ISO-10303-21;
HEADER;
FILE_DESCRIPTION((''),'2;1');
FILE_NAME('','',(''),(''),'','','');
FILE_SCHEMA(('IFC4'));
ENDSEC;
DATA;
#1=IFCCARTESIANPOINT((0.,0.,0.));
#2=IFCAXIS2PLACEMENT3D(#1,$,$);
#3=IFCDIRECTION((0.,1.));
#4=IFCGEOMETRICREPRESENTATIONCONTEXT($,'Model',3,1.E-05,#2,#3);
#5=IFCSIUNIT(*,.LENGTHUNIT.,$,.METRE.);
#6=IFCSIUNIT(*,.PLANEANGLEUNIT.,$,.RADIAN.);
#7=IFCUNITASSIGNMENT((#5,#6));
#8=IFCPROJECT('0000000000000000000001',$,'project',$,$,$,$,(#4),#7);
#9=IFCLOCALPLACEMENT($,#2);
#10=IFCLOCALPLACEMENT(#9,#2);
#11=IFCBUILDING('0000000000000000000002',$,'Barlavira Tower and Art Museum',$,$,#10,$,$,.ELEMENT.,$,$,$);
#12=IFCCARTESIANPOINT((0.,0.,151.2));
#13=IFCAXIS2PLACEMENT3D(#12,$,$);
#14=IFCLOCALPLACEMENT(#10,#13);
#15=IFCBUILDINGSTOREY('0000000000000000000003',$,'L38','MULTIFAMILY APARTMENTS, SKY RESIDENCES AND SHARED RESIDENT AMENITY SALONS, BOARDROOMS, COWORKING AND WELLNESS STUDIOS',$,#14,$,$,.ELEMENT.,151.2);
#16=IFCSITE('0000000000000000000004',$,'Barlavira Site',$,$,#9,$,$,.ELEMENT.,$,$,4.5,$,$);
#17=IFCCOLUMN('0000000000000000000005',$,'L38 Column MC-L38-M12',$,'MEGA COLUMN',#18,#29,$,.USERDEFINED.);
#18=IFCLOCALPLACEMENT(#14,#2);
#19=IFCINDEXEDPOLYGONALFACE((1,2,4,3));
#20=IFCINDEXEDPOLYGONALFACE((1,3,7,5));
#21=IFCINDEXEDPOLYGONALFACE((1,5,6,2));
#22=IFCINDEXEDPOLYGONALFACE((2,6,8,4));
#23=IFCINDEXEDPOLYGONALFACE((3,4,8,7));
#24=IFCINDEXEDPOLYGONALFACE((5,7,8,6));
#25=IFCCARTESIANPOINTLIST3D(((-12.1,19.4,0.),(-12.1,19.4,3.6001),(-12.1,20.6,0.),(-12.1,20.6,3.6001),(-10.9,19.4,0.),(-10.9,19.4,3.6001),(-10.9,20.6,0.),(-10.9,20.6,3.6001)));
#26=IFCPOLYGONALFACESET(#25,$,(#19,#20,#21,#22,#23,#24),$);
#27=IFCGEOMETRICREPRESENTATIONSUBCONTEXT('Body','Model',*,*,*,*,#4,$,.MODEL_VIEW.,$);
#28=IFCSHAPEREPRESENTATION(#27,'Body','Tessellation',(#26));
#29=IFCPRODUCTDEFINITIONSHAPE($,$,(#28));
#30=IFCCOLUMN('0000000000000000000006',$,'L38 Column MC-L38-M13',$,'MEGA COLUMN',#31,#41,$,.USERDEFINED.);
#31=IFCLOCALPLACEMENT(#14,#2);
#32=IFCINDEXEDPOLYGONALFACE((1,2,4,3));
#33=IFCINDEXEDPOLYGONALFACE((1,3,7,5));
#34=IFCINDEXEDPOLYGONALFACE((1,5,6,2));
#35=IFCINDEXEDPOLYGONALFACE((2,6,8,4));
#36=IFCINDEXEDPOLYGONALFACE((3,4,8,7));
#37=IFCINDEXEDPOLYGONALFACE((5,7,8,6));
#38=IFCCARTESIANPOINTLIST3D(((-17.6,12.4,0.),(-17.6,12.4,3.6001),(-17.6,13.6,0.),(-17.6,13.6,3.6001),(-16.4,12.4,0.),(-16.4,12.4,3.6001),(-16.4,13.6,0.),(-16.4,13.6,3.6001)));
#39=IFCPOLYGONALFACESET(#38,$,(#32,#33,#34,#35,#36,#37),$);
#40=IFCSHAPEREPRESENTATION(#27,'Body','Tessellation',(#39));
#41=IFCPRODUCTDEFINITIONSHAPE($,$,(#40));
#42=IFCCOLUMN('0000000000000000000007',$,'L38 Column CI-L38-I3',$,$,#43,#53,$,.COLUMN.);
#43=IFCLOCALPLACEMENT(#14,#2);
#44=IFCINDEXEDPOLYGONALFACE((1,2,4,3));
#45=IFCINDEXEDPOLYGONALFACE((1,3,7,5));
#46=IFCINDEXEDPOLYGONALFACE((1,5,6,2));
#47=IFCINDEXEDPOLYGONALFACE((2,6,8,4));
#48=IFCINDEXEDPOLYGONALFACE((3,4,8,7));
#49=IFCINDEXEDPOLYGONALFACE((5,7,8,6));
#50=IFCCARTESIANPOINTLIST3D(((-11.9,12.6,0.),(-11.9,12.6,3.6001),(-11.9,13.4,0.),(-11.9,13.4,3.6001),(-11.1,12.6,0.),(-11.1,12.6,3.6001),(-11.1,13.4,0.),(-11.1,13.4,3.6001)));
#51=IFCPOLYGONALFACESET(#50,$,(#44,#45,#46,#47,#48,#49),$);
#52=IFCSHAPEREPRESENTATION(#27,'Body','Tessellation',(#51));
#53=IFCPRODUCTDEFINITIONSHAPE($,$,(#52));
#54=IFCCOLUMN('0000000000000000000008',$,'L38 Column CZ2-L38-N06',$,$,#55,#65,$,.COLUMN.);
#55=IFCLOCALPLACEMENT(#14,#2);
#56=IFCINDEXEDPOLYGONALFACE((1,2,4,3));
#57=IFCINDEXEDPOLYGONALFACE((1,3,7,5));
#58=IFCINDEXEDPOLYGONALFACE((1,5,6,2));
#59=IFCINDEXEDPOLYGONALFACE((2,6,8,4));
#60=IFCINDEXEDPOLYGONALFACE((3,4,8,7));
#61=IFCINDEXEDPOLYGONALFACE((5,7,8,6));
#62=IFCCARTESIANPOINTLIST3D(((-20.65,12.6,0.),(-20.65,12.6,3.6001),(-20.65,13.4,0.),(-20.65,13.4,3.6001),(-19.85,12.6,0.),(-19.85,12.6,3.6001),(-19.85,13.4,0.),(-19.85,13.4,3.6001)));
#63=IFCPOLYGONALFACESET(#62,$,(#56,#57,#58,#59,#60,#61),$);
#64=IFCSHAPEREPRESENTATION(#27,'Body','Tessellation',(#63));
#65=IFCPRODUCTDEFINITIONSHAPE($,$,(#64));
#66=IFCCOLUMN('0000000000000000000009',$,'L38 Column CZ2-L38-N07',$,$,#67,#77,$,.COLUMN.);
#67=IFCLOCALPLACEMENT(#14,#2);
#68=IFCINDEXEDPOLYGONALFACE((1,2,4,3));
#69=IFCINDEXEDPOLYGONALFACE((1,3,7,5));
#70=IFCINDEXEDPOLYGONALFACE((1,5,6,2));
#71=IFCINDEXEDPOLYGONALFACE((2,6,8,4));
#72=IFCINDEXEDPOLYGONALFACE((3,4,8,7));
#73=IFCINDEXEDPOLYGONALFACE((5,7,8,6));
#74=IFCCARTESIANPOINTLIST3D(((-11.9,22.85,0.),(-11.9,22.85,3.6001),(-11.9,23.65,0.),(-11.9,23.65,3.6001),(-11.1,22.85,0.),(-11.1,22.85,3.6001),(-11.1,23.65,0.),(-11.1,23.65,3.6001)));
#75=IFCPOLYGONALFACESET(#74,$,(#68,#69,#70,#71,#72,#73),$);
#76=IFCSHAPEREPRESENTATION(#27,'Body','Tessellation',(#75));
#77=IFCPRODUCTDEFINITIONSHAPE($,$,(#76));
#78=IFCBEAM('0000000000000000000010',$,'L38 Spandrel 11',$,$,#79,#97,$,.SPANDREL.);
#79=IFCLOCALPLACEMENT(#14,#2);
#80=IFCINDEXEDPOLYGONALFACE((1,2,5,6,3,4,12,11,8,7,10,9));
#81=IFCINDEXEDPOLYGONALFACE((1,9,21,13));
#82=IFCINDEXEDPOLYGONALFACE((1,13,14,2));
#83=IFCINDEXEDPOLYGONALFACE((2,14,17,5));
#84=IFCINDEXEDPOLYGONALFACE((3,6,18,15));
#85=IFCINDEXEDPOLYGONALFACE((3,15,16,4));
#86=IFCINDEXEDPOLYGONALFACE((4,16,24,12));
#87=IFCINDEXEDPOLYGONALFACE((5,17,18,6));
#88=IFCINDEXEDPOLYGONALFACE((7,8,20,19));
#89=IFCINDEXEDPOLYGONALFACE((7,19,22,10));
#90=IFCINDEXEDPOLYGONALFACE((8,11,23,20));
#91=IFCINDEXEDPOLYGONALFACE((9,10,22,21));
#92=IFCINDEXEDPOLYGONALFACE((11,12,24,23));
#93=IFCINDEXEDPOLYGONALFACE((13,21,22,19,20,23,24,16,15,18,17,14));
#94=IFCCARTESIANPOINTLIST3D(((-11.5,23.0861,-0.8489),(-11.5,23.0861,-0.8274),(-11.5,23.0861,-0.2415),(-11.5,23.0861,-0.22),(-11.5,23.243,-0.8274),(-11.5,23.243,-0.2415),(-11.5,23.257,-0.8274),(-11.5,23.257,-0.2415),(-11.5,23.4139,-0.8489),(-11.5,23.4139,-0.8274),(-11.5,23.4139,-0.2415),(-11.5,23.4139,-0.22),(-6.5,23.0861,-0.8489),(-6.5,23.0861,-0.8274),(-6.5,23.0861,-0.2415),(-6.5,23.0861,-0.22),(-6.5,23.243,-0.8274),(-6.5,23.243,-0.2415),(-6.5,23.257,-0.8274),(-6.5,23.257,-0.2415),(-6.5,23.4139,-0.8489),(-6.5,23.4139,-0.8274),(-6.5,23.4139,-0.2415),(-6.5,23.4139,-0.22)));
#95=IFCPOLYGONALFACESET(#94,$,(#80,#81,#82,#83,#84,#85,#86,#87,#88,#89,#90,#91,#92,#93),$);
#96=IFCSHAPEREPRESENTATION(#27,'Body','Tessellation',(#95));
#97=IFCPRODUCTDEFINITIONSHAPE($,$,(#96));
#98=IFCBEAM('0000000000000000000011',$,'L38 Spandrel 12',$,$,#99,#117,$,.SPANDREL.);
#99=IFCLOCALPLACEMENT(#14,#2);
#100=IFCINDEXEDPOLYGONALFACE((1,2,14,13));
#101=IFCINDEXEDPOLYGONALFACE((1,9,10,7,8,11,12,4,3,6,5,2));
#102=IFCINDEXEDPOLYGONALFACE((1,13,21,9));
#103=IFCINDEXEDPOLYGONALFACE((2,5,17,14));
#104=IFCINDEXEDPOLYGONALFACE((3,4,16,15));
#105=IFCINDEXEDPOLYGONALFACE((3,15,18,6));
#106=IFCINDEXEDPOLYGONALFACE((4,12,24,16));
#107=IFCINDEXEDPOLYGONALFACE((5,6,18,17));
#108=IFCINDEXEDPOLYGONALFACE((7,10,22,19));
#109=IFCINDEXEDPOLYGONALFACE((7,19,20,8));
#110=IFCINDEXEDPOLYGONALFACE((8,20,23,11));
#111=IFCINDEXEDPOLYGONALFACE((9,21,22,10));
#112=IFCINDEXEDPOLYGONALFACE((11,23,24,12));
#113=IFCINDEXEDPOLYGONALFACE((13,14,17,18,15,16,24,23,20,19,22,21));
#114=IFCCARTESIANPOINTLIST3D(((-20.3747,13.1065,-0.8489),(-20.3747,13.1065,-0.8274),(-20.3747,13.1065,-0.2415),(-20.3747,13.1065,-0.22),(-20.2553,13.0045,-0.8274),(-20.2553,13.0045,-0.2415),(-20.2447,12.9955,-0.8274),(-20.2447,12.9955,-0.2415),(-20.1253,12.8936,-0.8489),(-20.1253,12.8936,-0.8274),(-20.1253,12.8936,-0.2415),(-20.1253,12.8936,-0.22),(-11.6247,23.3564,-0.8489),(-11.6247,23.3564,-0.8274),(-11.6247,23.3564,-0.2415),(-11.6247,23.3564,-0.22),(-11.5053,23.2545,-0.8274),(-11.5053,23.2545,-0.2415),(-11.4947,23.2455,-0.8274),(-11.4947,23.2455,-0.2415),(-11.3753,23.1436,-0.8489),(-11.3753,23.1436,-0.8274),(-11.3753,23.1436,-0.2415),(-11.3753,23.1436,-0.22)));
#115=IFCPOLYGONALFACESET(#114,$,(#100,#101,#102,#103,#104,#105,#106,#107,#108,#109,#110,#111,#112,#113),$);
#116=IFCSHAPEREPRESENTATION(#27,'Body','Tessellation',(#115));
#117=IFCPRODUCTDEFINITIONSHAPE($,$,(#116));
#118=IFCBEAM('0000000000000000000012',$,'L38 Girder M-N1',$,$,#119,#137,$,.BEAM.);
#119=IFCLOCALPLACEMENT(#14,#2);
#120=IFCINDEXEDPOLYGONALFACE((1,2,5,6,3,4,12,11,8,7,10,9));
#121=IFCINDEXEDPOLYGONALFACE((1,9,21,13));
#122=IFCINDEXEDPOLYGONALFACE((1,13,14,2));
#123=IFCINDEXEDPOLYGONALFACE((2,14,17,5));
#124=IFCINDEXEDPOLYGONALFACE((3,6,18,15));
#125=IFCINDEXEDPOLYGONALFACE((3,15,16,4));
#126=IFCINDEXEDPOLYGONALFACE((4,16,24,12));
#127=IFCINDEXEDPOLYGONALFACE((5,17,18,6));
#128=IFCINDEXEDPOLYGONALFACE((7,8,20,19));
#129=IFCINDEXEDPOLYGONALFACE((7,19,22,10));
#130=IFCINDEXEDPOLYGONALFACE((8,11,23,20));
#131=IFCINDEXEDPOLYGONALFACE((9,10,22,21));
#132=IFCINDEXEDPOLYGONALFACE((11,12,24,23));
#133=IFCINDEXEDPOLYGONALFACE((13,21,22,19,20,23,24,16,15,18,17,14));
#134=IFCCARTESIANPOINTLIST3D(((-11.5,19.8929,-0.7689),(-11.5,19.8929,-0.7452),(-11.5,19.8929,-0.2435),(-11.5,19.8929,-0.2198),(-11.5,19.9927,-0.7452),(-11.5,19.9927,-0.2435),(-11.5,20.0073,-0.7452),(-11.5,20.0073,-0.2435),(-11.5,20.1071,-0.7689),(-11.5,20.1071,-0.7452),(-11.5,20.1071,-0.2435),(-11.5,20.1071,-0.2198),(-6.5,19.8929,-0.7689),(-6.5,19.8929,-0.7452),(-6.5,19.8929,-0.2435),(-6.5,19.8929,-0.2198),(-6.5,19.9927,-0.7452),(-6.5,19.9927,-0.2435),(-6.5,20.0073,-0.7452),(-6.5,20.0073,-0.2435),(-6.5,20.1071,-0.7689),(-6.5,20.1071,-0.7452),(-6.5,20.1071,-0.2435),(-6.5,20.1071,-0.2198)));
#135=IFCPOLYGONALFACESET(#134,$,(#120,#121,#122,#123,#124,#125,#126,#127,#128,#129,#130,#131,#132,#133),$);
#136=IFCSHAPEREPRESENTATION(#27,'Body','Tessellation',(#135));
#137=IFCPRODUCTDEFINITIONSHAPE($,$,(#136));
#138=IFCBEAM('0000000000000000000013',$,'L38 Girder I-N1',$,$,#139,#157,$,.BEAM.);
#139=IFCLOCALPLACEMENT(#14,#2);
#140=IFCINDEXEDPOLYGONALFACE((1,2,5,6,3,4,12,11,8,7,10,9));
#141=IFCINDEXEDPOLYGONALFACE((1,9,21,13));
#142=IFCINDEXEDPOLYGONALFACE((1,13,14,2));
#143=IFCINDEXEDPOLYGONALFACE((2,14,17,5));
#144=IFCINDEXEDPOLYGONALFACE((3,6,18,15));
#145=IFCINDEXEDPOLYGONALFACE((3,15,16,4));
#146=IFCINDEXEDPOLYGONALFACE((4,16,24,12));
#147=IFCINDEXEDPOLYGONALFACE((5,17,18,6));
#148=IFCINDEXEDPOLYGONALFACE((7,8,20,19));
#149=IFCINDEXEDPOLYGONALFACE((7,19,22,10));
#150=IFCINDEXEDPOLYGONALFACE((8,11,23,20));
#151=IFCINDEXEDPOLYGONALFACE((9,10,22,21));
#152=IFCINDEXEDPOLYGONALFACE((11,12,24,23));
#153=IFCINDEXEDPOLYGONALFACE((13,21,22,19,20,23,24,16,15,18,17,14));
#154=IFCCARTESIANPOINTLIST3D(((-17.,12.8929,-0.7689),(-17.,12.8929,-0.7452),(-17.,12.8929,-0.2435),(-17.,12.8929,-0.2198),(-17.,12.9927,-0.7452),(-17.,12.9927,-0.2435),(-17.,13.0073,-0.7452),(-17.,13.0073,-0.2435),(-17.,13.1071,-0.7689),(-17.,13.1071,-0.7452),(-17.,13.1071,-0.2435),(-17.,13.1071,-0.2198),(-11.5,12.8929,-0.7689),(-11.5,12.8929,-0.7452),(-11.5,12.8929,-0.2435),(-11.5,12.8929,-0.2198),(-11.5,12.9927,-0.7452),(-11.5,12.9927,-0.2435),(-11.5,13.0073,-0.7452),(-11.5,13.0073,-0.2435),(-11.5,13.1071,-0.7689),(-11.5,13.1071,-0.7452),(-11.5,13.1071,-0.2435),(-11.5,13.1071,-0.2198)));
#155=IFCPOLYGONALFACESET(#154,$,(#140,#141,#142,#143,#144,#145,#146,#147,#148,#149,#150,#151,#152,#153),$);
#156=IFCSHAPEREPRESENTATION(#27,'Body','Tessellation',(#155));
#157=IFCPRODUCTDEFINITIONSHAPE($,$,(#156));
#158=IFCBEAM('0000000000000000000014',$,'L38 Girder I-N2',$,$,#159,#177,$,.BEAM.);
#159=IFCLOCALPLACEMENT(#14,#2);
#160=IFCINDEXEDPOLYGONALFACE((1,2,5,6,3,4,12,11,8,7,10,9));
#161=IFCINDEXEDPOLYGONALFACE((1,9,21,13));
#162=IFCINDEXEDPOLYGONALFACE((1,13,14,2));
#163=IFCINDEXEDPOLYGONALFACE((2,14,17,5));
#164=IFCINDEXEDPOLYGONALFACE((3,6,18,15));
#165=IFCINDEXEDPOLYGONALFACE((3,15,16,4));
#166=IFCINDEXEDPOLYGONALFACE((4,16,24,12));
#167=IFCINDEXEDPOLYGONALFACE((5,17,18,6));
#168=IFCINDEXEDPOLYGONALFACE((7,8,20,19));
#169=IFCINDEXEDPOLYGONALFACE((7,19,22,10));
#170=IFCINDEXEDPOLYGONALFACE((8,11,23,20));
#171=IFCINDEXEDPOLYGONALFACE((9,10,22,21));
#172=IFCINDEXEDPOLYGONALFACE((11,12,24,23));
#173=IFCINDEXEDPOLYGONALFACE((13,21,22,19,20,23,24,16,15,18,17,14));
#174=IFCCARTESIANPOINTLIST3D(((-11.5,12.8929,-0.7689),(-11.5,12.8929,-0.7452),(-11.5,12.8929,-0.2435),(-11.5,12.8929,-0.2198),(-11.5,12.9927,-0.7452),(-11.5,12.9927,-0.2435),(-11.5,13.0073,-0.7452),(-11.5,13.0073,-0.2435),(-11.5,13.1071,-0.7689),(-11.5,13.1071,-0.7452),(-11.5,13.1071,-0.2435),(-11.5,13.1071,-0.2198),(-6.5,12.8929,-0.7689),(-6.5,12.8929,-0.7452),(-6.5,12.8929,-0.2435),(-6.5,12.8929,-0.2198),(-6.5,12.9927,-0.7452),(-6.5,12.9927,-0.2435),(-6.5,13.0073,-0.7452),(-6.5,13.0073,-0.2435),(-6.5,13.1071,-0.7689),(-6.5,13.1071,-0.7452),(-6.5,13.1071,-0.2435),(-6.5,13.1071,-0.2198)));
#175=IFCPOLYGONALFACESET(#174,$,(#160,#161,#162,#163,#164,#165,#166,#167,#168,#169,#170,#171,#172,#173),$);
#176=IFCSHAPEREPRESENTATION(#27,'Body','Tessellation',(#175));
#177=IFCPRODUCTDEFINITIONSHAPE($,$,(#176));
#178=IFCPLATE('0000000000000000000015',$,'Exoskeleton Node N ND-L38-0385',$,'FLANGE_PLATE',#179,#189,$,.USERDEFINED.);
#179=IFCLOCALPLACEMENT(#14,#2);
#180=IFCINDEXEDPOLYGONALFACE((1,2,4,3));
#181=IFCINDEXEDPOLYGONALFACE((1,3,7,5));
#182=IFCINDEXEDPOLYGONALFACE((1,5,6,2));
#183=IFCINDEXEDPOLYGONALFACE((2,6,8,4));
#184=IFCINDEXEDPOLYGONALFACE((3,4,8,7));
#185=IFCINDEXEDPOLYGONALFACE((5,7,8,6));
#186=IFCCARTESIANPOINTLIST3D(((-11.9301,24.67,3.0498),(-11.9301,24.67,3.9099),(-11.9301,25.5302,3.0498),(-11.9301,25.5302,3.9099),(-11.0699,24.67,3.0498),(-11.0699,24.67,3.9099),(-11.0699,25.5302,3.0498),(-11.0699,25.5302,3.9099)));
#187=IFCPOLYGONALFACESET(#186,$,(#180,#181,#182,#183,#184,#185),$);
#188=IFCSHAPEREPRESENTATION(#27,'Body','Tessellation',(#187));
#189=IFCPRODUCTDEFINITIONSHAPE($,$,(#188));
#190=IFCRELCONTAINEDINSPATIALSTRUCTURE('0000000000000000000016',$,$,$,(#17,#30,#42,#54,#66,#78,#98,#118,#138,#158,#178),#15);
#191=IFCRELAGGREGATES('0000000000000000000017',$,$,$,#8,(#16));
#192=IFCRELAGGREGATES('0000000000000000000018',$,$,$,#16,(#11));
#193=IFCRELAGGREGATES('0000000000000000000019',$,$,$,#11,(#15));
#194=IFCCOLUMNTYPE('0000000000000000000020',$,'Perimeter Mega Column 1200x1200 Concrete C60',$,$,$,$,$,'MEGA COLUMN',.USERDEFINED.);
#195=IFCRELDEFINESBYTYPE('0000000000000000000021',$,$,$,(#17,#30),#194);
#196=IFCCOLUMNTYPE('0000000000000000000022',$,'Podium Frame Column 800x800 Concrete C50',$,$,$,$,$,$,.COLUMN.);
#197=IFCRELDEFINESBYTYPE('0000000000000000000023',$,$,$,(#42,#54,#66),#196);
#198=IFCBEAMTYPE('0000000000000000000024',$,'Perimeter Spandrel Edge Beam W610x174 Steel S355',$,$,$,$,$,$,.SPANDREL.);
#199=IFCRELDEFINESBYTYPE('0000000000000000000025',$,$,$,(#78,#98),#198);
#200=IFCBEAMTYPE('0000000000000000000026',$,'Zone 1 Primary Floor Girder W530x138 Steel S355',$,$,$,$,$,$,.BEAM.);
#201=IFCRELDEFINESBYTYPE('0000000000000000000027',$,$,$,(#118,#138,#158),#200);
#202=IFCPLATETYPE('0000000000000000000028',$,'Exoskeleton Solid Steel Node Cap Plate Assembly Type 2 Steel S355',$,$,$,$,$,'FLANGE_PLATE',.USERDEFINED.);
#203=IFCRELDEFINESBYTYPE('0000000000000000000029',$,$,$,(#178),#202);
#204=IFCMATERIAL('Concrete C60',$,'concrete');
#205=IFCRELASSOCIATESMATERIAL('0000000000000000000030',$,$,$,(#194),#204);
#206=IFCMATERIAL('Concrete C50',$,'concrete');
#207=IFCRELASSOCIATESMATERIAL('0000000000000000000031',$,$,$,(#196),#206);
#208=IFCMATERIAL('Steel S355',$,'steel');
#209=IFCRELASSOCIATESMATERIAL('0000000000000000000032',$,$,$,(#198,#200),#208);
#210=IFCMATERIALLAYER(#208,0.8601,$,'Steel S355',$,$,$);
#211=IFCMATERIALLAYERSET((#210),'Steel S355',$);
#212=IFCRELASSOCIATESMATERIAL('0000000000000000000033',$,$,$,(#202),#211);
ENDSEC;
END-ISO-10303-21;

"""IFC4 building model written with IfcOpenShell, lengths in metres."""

from ifc_helpers import new_model, si_unit, direction, frame, origin, origin_2d, place, context, subcontext, project, spatial, rectangle, i_section, extrude, material, layer, layer_set, material_profile, profile_set, type_object, element, save


model = new_model("IFC4")

# Units and contexts
model_context = context("Model", 3, precision=1e-05, world=origin(), true_north=direction((0.0, 1.0)))
body_context = subcontext(model_context, "Body", "Model", "MODEL_VIEW")
ifc_project = project(units=[si_unit("LENGTHUNIT", "METRE"), si_unit("PLANEANGLEUNIT", "RADIAN")], contexts=[model_context])

# Site, building, storey
site_placement = place(None, origin())
site = spatial("IfcSite", under=ifc_project, at=site_placement, Name="Barlavira Site", CompositionType="ELEMENT", RefElevation=4.5)
building_placement = place(site_placement, origin())
building = spatial("IfcBuilding", under=site, at=building_placement, Name="Barlavira Tower and Art Museum", CompositionType="ELEMENT")
storey_placement = place(building_placement, frame((0.0, 0.0, 151.2)))
storey = spatial("IfcBuildingStorey", under=building, at=storey_placement, Name="L38", Description="MULTIFAMILY APARTMENTS, SKY RESIDENCES AND SHARED RESIDENT AMENITY SALONS, BOARDROOMS, COWORKING AND WELLNESS STUDIOS", CompositionType="ELEMENT", Elevation=151.2)

# Columns
ifc_material_1 = material(Name="Concrete C60", Category="concrete")
ifc_material_profile_1 = material_profile(ifc_material_1, rectangle(XDim=1.2, YDim=1.2, at=origin_2d()), Name="RC-COL 1200x1200")
ifc_profile_set_1 = profile_set([ifc_material_profile_1], Name="Concrete C60")
column_type_1 = type_object("IfcColumnType", Name="Perimeter Mega Column 1200x1200 Concrete C60", ElementType="MEGA COLUMN", PredefinedType="USERDEFINED", material=ifc_profile_set_1)
for number, where, z_axis, x_axis, name in (
    (1, (-11.5, 20.0, 0.0), (0.0, 0.0, 1.0), (1.0, 0.0, 0.0), "L38 Column MC-L38-M12"),
    (2, (-17.0, 13.0, 0.0), (0.0, 0.0, 1.0), (1.0, 0.0, 0.0), "L38 Column MC-L38-M13"),
):
    element("IfcColumn", number, at=place(storey_placement, frame(where, z_axis=z_axis, x_axis=x_axis)), inside=storey, type_object=column_type_1, Name=name, ObjectType="MEGA COLUMN", PredefinedType="USERDEFINED", context=body_context, shape_type="SweptSolid", body=[
        extrude(rectangle(XDim=1.2, YDim=1.2, at=origin_2d()), origin(), (0.0, 0.0, 1.0), 3.6001),
    ])
ifc_material_2 = material(Name="Concrete C50", Category="concrete")
ifc_material_profile_2 = material_profile(ifc_material_2, rectangle(XDim=0.8, YDim=0.8, at=origin_2d()), Name="RC-COL 800x800")
ifc_profile_set_2 = profile_set([ifc_material_profile_2], Name="Concrete C50")
column_type_2 = type_object("IfcColumnType", Name="Podium Frame Column 800x800 Concrete C50", PredefinedType="COLUMN", material=ifc_profile_set_2)
for number, where, z_axis, x_axis, name in (
    (3, (-11.5, 13.0, 0.0), (0.0, 0.0, 1.0), (1.0, 0.0, 0.0), "L38 Column CI-L38-I3"),
    (4, (-20.25, 13.0, 0.0), (0.0, 0.0, 1.0), (1.0, 0.0, 0.0), "L38 Column CZ2-L38-N06"),
    (5, (-11.5, 23.25, 0.0), (0.0, 0.0, 1.0), (1.0, 0.0, 0.0), "L38 Column CZ2-L38-N07"),
):
    element("IfcColumn", number, at=place(storey_placement, frame(where, z_axis=z_axis, x_axis=x_axis)), inside=storey, type_object=column_type_2, Name=name, PredefinedType="COLUMN", context=body_context, shape_type="SweptSolid", body=[
        extrude(rectangle(XDim=0.8, YDim=0.8, at=origin_2d()), origin(), (0.0, 0.0, 1.0), 3.6001),
    ])

# Beams
ifc_material_3 = material(Name="Steel S355", Category="steel")
ifc_material_profile_3 = material_profile(ifc_material_3, i_section(OverallWidth=0.3279, OverallDepth=0.6289, WebThickness=0.0139, FlangeThickness=0.0215, at=origin_2d()), Name="W610x174.0")
ifc_profile_set_3 = profile_set([ifc_material_profile_3], Name="Steel S355")
beam_type_1 = type_object("IfcBeamType", Name="Perimeter Spandrel Edge Beam W610x174 Steel S355", PredefinedType="SPANDREL", material=ifc_profile_set_3)
beam_1_placement = place(storey_placement, frame((-11.5, 23.25, -0.5344), z_axis=(1.0, 0.0, 0.0), x_axis=(0.0, 1.0, 0.0)))
element("IfcBeam", 6, at=beam_1_placement, inside=storey, type_object=beam_type_1, Name="L38 Spandrel 11", PredefinedType="SPANDREL", context=body_context, shape_type="SweptSolid", body=[
    extrude(i_section(OverallWidth=0.3279, OverallDepth=0.6289, WebThickness=0.0139, FlangeThickness=0.0215, at=origin_2d()), origin(), (0.0, 0.0, 1.0), 5.0),
])
beam_2_placement = place(storey_placement, frame((-11.5, 23.25, -0.5344), z_axis=(-0.649262, -0.760565, 0.0), x_axis=(0.760565, -0.649262, 0.0)))
element("IfcBeam", 7, at=beam_2_placement, inside=storey, type_object=beam_type_1, Name="L38 Spandrel 12", PredefinedType="SPANDREL", context=body_context, shape_type="SweptSolid", body=[
    extrude(i_section(OverallWidth=0.3279, OverallDepth=0.6289, WebThickness=0.0139, FlangeThickness=0.0215, at=origin_2d()), origin(), (0.0, 0.0, 1.0), 13.4768),
])
ifc_material_profile_4 = material_profile(ifc_material_3, i_section(OverallWidth=0.2141, OverallDepth=0.5491, WebThickness=0.0146, FlangeThickness=0.0237, at=origin_2d()), Name="W530x138.0")
ifc_profile_set_4 = profile_set([ifc_material_profile_4], Name="Steel S355")
beam_type_2 = type_object("IfcBeamType", Name="Zone 1 Primary Floor Girder W530x138 Steel S355", PredefinedType="BEAM", material=ifc_profile_set_4)
beam_3_placement = place(storey_placement, frame((-11.5, 20.0, -0.4944), z_axis=(1.0, 0.0, 0.0), x_axis=(0.0, 1.0, 0.0)))
element("IfcBeam", 8, at=beam_3_placement, inside=storey, type_object=beam_type_2, Name="L38 Girder M-N1", PredefinedType="BEAM", context=body_context, shape_type="SweptSolid", body=[
    extrude(i_section(OverallWidth=0.2141, OverallDepth=0.5491, WebThickness=0.0146, FlangeThickness=0.0237, at=origin_2d()), origin(), (0.0, 0.0, 1.0), 5.0),
])
beam_4_placement = place(storey_placement, frame((-17.0, 13.0, -0.4944), z_axis=(1.0, 0.0, 0.0), x_axis=(0.0, 1.0, 0.0)))
element("IfcBeam", 9, at=beam_4_placement, inside=storey, type_object=beam_type_2, Name="L38 Girder I-N1", PredefinedType="BEAM", context=body_context, shape_type="SweptSolid", body=[
    extrude(i_section(OverallWidth=0.2141, OverallDepth=0.5491, WebThickness=0.0146, FlangeThickness=0.0237, at=origin_2d()), origin(), (0.0, 0.0, 1.0), 5.5),
])
beam_5_placement = place(storey_placement, frame((-11.5, 13.0, -0.4944), z_axis=(1.0, 0.0, 0.0), x_axis=(0.0, 1.0, 0.0)))
element("IfcBeam", 10, at=beam_5_placement, inside=storey, type_object=beam_type_2, Name="L38 Girder I-N2", PredefinedType="BEAM", context=body_context, shape_type="SweptSolid", body=[
    extrude(i_section(OverallWidth=0.2141, OverallDepth=0.5491, WebThickness=0.0146, FlangeThickness=0.0237, at=origin_2d()), origin(), (0.0, 0.0, 1.0), 5.0),
])

# Plate
ifc_layer_1 = layer(ifc_material_3, 0.8601, Name="Steel S355")
ifc_layer_set_1 = layer_set([ifc_layer_1], Name="Steel S355")
plate_type = type_object("IfcPlateType", Name="Exoskeleton Solid Steel Node Cap Plate Assembly Type 2 Steel S355", ElementType="FLANGE_PLATE", PredefinedType="USERDEFINED", material=ifc_layer_set_1)
for number, where, z_axis, x_axis, name in (
    (11, (-11.5, 25.1001, 3.0498), (0.0, 0.0, 1.0), (1.0, 0.0, 0.0), "Exoskeleton Node N ND-L38-0385"),
):
    element("IfcPlate", number, at=place(storey_placement, frame(where, z_axis=z_axis, x_axis=x_axis)), inside=storey, type_object=plate_type, Name=name, ObjectType="FLANGE_PLATE", PredefinedType="USERDEFINED", context=body_context, shape_type="SweptSolid", body=[
        extrude(rectangle(XDim=0.8601, YDim=0.8601, at=origin_2d()), origin(), (0.0, 0.0, 1.0), 0.8601),
    ])

save(model, "model.ifc")
